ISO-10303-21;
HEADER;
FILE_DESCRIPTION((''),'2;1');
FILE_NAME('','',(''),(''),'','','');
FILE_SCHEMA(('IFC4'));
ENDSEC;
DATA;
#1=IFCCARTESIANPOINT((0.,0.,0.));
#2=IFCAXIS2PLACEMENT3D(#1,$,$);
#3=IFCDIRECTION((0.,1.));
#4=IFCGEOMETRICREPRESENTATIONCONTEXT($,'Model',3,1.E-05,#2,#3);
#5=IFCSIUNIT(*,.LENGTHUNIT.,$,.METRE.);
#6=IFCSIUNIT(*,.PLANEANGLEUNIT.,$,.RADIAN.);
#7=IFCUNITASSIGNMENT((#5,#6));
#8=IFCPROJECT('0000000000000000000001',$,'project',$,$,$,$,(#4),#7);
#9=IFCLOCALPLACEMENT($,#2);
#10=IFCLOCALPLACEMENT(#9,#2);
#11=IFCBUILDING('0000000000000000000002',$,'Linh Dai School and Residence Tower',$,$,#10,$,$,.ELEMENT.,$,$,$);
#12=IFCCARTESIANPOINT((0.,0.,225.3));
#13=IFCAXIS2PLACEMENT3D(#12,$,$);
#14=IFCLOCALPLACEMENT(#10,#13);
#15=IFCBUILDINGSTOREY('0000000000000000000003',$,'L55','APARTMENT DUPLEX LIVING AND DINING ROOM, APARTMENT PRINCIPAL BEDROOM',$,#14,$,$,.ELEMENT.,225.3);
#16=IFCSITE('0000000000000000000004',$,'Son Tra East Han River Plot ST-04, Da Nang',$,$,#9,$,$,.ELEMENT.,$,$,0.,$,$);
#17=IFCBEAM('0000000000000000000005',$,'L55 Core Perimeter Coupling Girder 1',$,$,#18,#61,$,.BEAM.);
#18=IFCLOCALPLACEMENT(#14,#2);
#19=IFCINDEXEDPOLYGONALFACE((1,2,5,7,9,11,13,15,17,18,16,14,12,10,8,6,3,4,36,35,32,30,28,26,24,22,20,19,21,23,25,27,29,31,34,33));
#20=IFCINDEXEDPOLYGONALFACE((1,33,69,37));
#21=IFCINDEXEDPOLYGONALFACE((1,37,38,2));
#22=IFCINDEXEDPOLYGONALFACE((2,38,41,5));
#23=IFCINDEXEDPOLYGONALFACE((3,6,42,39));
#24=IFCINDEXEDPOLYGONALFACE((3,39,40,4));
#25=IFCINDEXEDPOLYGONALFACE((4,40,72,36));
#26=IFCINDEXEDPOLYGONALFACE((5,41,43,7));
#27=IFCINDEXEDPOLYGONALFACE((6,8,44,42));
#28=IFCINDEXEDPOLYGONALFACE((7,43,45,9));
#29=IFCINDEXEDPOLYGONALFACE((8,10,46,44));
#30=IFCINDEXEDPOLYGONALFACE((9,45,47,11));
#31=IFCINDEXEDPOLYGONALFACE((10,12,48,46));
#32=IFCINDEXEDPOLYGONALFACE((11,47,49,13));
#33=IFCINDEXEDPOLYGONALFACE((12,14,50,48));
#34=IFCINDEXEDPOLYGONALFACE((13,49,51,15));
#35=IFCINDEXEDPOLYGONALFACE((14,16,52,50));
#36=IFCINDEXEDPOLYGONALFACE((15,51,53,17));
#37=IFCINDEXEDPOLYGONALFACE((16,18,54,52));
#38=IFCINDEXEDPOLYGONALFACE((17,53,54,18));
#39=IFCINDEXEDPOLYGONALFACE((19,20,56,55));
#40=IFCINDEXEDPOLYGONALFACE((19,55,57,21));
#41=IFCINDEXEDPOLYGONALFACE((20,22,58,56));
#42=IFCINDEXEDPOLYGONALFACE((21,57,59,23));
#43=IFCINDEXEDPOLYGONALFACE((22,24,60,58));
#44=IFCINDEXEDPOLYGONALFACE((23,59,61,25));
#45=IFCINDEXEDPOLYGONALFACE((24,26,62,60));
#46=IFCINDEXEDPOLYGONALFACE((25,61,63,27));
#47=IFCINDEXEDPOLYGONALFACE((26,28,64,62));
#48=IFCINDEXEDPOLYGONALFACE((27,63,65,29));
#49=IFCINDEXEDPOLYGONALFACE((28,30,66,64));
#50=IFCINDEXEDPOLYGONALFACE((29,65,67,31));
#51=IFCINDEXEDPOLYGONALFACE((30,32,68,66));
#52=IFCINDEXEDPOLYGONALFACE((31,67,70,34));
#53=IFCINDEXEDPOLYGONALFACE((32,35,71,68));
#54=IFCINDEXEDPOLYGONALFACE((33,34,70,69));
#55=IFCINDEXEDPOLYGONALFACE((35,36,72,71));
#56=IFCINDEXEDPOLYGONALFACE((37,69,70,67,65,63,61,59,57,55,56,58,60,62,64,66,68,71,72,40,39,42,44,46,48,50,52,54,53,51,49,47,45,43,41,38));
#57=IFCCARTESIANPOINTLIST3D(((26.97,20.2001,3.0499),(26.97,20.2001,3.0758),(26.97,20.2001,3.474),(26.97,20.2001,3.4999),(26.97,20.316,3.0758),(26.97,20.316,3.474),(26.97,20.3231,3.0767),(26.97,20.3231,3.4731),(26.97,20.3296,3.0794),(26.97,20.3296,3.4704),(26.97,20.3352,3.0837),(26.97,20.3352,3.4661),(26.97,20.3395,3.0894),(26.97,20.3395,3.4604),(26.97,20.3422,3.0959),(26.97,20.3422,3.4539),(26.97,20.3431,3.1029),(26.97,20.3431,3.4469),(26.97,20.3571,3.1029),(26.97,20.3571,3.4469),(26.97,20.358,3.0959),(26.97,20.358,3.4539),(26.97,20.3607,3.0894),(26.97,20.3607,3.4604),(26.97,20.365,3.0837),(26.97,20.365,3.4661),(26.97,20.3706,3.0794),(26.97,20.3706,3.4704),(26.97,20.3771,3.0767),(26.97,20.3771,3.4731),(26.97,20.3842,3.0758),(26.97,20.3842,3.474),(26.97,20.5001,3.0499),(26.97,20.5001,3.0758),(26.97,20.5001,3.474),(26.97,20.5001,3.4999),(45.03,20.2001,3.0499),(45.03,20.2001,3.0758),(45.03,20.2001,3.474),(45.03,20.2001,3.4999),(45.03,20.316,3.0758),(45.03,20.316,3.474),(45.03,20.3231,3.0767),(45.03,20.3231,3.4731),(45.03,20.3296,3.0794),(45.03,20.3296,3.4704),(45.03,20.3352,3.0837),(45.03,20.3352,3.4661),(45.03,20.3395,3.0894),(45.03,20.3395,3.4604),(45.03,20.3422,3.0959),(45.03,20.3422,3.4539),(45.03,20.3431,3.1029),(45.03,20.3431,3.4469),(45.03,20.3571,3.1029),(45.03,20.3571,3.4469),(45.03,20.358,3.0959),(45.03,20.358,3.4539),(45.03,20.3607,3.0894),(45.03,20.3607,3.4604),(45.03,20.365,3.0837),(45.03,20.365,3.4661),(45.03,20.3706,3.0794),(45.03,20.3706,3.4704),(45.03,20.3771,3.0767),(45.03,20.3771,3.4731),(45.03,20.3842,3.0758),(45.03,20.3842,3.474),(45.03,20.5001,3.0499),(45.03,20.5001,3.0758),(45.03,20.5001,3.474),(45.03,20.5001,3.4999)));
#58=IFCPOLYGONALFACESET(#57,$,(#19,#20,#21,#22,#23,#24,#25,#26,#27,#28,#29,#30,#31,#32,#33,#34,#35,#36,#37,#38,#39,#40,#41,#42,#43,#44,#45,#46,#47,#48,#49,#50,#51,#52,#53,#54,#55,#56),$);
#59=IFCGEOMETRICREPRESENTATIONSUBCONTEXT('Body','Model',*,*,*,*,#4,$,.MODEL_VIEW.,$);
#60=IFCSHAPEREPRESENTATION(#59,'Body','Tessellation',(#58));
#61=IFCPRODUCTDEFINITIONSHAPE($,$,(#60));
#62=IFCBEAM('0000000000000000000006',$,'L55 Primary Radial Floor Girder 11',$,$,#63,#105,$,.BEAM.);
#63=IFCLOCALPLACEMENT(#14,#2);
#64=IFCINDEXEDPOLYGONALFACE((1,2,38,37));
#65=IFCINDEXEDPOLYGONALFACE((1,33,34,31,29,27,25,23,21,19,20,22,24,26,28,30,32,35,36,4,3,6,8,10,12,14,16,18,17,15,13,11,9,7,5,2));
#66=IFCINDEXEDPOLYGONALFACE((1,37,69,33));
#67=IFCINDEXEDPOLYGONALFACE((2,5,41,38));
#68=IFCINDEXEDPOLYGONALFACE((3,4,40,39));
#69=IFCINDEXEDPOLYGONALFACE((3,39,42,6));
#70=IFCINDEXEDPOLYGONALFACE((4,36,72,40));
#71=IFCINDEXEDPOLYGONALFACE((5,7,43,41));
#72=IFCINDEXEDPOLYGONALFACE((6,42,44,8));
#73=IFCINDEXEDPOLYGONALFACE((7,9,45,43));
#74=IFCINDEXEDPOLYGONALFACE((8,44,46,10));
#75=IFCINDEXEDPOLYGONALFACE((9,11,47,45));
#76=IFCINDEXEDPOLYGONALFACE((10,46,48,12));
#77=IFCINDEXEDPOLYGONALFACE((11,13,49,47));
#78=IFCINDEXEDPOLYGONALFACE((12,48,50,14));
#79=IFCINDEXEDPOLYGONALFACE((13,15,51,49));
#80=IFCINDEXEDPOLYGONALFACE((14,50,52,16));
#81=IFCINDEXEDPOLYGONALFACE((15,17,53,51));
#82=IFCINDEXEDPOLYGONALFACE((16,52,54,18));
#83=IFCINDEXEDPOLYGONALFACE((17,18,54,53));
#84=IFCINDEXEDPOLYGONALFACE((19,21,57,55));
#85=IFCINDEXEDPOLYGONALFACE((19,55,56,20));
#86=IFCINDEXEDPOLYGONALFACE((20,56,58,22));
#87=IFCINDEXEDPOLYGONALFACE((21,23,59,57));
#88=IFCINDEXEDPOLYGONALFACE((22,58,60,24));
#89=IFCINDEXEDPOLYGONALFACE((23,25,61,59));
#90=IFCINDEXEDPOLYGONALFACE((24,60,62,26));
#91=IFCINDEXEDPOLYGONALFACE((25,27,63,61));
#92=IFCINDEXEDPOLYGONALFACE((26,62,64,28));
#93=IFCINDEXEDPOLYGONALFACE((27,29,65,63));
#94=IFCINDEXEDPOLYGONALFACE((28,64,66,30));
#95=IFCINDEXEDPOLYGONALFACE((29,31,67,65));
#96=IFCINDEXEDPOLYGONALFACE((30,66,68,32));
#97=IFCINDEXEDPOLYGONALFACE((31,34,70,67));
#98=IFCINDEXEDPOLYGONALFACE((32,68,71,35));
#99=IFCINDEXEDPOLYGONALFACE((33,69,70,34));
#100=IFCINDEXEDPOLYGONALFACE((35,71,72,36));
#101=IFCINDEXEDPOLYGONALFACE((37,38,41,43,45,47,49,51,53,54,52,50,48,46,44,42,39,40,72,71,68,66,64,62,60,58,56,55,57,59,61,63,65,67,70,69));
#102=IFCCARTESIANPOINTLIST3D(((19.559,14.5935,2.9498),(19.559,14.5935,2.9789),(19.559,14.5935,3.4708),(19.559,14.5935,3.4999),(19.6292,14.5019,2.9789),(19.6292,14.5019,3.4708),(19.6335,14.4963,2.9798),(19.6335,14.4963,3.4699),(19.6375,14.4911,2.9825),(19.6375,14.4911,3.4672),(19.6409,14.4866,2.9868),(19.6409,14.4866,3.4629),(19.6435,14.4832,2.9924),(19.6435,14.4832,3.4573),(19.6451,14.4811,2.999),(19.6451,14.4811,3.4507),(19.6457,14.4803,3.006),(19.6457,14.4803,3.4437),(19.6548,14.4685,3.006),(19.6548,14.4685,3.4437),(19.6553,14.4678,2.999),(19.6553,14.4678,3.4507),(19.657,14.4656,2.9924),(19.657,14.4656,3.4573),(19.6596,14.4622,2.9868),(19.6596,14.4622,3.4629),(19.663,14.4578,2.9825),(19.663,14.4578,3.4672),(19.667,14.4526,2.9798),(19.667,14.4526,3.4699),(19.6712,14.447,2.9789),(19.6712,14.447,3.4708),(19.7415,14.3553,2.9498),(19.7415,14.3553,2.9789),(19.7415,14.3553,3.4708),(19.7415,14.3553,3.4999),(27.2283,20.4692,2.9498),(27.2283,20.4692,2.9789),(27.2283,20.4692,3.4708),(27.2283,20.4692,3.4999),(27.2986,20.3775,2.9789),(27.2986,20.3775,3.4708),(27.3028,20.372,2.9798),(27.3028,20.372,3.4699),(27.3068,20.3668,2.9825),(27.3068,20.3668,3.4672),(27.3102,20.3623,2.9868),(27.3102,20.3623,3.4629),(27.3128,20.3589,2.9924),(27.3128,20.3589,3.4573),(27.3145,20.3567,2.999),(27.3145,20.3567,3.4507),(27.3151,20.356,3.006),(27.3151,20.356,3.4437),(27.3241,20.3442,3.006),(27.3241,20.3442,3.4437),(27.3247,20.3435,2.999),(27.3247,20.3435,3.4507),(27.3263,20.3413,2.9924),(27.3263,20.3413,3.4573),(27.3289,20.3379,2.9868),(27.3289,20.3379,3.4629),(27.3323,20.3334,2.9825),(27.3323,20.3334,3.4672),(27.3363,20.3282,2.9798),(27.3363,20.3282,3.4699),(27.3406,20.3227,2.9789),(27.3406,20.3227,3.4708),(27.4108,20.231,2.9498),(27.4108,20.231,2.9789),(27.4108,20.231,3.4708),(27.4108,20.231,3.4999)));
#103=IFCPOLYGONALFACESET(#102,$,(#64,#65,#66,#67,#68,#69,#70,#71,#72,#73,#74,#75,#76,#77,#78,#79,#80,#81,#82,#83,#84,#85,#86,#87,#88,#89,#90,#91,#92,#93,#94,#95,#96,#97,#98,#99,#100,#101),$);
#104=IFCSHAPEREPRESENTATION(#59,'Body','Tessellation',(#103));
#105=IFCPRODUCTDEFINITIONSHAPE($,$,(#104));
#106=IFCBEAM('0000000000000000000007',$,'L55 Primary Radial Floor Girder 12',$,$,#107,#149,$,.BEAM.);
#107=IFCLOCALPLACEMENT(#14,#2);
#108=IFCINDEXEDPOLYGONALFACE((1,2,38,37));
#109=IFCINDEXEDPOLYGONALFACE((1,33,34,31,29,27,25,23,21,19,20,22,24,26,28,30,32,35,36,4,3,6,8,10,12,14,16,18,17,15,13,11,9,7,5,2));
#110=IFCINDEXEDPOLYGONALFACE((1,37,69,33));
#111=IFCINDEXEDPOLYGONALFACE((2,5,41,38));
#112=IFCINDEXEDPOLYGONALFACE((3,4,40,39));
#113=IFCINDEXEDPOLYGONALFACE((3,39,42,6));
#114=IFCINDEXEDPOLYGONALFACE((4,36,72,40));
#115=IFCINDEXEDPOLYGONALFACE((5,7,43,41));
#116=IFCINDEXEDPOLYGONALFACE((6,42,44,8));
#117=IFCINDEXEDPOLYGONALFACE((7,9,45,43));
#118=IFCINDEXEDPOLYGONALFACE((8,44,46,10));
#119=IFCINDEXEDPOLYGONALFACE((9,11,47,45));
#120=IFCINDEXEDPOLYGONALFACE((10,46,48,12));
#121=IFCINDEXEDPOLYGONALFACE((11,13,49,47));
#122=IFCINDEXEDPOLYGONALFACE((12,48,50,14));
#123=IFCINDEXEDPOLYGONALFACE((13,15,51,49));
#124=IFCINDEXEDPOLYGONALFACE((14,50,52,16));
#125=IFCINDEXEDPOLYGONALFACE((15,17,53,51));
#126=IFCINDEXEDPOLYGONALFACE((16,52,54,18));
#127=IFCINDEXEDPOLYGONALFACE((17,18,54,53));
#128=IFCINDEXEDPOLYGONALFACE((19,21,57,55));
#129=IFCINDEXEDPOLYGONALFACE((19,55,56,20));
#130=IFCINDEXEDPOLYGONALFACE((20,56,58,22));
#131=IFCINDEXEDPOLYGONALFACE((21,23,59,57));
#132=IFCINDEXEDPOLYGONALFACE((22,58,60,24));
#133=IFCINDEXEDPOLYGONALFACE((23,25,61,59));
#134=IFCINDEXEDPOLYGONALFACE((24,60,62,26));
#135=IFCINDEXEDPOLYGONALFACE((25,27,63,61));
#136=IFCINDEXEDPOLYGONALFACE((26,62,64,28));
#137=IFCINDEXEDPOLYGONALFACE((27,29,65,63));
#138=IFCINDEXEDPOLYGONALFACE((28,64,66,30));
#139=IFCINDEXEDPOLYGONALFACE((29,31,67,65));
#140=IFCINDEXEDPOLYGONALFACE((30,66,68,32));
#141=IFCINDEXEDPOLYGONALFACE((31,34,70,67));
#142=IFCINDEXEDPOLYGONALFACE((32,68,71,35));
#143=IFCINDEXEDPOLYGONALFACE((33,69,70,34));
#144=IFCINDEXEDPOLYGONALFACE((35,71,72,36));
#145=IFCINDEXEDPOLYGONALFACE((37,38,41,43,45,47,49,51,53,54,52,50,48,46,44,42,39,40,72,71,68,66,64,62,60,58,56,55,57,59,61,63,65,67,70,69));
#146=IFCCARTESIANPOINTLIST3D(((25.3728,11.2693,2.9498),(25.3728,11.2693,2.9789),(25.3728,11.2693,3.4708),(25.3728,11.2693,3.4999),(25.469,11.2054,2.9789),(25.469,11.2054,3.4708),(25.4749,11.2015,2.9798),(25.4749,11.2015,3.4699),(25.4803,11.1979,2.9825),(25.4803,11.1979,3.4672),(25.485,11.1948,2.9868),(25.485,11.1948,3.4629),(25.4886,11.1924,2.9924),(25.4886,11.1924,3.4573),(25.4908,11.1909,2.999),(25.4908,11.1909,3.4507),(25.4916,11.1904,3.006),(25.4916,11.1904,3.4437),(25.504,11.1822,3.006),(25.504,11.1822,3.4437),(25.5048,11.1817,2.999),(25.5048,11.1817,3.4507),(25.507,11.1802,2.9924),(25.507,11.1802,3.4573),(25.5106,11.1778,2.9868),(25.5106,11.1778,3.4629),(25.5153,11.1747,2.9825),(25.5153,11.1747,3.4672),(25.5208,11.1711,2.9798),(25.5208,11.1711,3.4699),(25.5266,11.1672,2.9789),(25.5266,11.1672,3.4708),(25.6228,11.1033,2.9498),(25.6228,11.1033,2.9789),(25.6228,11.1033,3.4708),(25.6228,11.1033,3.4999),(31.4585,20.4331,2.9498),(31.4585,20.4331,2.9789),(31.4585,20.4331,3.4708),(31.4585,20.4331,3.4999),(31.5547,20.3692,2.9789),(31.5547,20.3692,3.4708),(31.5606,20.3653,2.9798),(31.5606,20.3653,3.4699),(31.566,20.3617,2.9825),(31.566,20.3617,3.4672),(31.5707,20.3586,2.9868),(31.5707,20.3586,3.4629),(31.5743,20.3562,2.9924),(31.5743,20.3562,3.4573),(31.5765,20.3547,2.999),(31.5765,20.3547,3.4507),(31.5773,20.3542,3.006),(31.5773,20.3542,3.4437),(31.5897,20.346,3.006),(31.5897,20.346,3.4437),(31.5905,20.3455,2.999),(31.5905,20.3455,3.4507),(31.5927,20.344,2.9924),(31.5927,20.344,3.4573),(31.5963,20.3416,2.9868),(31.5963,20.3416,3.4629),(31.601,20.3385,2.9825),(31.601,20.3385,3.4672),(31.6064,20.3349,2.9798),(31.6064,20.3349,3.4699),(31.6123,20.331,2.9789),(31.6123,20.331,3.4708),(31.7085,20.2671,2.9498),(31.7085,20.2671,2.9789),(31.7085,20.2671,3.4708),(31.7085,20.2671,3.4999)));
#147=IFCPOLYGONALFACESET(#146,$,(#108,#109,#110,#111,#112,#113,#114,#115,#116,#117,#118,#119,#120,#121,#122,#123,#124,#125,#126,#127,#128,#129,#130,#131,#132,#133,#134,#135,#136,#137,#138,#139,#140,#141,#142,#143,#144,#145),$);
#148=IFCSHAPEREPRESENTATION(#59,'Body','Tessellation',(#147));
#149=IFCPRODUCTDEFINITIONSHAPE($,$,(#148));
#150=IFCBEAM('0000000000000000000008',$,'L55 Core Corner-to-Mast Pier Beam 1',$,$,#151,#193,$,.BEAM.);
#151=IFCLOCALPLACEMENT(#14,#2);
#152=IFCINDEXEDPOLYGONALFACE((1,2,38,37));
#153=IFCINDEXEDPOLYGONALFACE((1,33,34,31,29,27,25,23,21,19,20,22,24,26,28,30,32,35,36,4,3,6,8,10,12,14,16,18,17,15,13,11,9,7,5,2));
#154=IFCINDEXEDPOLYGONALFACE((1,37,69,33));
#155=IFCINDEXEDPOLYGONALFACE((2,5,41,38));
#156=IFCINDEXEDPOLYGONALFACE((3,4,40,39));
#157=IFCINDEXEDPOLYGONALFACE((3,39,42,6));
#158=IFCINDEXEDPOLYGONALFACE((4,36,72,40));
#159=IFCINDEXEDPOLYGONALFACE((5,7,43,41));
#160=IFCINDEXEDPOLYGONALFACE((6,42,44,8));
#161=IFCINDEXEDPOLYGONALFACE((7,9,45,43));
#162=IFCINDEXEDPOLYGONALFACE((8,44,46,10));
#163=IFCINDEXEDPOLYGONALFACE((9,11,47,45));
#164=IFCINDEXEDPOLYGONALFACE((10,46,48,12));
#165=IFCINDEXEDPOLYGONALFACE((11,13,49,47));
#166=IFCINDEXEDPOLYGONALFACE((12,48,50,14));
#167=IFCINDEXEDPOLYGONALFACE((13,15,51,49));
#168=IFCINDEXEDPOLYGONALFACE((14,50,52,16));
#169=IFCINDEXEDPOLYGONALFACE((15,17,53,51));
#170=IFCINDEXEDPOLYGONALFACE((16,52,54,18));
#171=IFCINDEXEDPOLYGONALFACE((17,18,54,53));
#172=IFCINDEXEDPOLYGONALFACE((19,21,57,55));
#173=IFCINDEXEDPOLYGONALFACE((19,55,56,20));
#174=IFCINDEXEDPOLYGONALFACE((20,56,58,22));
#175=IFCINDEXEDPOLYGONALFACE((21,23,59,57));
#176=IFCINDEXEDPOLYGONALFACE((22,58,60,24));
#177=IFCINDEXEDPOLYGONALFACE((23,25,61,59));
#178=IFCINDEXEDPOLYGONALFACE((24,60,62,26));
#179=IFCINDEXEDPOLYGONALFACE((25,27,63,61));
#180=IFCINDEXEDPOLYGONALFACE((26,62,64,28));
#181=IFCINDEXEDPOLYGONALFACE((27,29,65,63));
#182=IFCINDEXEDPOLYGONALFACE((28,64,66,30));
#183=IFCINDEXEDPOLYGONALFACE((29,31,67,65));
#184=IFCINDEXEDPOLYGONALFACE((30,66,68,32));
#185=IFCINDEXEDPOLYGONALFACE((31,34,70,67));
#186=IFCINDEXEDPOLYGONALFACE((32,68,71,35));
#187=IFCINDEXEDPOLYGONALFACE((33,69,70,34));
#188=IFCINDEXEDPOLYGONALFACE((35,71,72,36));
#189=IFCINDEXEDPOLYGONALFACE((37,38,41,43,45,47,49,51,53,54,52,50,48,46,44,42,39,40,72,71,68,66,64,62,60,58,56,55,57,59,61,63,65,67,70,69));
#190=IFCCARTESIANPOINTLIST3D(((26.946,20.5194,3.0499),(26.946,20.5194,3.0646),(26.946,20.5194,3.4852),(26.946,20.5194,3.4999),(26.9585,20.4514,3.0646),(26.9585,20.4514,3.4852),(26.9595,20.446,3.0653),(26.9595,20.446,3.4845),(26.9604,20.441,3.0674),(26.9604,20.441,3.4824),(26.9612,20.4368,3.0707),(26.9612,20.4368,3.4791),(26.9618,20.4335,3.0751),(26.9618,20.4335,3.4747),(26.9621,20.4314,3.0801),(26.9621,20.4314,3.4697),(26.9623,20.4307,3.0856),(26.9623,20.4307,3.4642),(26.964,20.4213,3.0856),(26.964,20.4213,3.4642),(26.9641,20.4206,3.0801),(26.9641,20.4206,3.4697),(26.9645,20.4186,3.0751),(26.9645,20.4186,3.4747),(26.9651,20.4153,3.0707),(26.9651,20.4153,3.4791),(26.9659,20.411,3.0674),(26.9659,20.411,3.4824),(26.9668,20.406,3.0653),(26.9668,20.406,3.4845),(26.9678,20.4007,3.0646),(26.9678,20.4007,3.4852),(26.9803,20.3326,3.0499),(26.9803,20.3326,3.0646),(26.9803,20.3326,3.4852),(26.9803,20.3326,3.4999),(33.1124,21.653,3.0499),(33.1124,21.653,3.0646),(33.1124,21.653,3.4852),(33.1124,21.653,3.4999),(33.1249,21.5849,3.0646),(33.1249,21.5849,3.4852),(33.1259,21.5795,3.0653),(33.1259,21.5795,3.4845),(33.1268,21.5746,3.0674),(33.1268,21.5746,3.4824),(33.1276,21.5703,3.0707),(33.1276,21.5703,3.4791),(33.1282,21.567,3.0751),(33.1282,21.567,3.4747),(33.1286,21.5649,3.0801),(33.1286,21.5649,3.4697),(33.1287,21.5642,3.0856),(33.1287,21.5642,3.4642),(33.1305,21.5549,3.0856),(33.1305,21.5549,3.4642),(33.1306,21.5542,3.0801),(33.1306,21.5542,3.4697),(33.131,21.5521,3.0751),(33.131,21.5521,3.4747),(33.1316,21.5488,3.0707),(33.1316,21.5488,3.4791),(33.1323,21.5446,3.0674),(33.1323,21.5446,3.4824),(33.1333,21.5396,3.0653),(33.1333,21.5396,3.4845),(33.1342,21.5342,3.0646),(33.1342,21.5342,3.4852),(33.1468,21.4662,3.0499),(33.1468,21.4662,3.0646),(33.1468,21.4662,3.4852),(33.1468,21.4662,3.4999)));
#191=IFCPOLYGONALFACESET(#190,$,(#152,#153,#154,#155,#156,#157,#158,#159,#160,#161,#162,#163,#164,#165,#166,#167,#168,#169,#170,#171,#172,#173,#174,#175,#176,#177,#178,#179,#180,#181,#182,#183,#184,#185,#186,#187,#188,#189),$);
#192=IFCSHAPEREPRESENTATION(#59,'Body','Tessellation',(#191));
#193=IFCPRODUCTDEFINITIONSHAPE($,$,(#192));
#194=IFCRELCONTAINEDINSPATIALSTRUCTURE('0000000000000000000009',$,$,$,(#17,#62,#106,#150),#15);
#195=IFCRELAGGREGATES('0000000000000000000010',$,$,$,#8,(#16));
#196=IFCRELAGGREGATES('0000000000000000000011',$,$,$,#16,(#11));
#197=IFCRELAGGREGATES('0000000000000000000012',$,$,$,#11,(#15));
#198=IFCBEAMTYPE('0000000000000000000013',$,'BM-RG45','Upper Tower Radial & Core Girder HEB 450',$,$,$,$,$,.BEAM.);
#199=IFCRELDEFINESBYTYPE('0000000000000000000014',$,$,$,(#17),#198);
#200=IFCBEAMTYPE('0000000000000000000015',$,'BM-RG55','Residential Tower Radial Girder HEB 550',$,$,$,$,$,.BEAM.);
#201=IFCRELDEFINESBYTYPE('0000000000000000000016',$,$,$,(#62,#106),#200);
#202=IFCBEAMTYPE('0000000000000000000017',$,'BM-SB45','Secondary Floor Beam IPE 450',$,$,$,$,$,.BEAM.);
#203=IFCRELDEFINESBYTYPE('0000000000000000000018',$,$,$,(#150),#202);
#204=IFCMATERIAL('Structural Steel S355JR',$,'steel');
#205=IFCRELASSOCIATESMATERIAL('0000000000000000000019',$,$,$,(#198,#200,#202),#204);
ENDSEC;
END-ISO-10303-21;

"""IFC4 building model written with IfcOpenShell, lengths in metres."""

from ifc_helpers import new_model, si_unit, direction, frame, origin, origin_2d, place, context, subcontext, project, spatial, i_section, extrude, material, material_profile, profile_set, type_object, element, save


model = new_model("IFC4")

# Units and contexts
model_context = context("Model", 3, precision=1e-05, world=origin(), true_north=direction((0.0, 1.0)))
body_context = subcontext(model_context, "Body", "Model", "MODEL_VIEW")
ifc_project = project(units=[si_unit("LENGTHUNIT", "METRE"), si_unit("PLANEANGLEUNIT", "RADIAN")], contexts=[model_context])

# Site, building, storey
site_placement = place(None, origin())
site = spatial("IfcSite", under=ifc_project, at=site_placement, Name="Son Tra East Han River Plot ST-04, Da Nang", CompositionType="ELEMENT", RefElevation=0.0)
building_placement = place(site_placement, origin())
building = spatial("IfcBuilding", under=site, at=building_placement, Name="Linh Dai School and Residence Tower", CompositionType="ELEMENT")
storey_placement = place(building_placement, frame((0.0, 0.0, 225.3)))
storey = spatial("IfcBuildingStorey", under=building, at=storey_placement, Name="L55", Description="APARTMENT DUPLEX LIVING AND DINING ROOM, APARTMENT PRINCIPAL BEDROOM", CompositionType="ELEMENT", Elevation=225.3)

# Shared definitions
ifc_material_1 = material(Name="Structural Steel S355JR", Category="steel")

# Beams
ifc_material_profile_1 = material_profile(ifc_material_1, i_section(OverallWidth=0.3, OverallDepth=0.45, WebThickness=0.0139, FlangeThickness=0.0259, FilletRadius=0.0271, at=origin_2d()), Name="HEB 450")
ifc_profile_set_1 = profile_set([ifc_material_profile_1], Name="Structural Steel S355JR")
beam_type_1 = type_object("IfcBeamType", Name="BM-RG45", Description="Upper Tower Radial & Core Girder HEB 450", PredefinedType="BEAM", material=ifc_profile_set_1)
beam_1_placement = place(storey_placement, frame((26.97, 20.3501, 3.2749), z_axis=(1.0, 0.0, 0.0), x_axis=(0.0, 1.0, 0.0)))
element("IfcBeam", 1, at=beam_1_placement, inside=storey, type_object=beam_type_1, Name="L55 Core Perimeter Coupling Girder 1", PredefinedType="BEAM", context=body_context, shape_type="SweptSolid", body=[
    extrude(i_section(OverallWidth=0.3, OverallDepth=0.45, WebThickness=0.0139, FlangeThickness=0.0259, FilletRadius=0.0271, at=origin_2d()), origin(), (0.0, 0.0, 1.0), 18.0601),
])
ifc_material_profile_2 = material_profile(ifc_material_1, i_section(OverallWidth=0.3, OverallDepth=0.55, WebThickness=0.0149, FlangeThickness=0.0291, FilletRadius=0.0271, at=origin_2d()), Name="HEB 550")
ifc_profile_set_2 = profile_set([ifc_material_profile_2], Name="Structural Steel S355JR")
beam_type_2 = type_object("IfcBeamType", Name="BM-RG55", Description="Residential Tower Radial Girder HEB 550", PredefinedType="BEAM", material=ifc_profile_set_2)
beam_2_placement = place(storey_placement, frame((27.3196, 20.3501, 3.2249), z_axis=(-0.793815, -0.60816, 0.0), x_axis=(0.60816, -0.793815, 0.0)))
element("IfcBeam", 2, at=beam_2_placement, inside=storey, type_object=beam_type_2, Name="L55 Primary Radial Floor Girder 11", PredefinedType="BEAM", context=body_context, shape_type="SweptSolid", body=[
    extrude(i_section(OverallWidth=0.3, OverallDepth=0.55, WebThickness=0.0149, FlangeThickness=0.0291, FilletRadius=0.0271, at=origin_2d()), origin(), (0.0, 0.0, 1.0), 9.6614),
])
beam_3_placement = place(storey_placement, frame((31.5835, 20.3501, 3.2249), z_axis=(-0.553219, -0.833036, 0.0), x_axis=(0.833036, -0.553219, 0.0)))
element("IfcBeam", 3, at=beam_3_placement, inside=storey, type_object=beam_type_2, Name="L55 Primary Radial Floor Girder 12", PredefinedType="BEAM", context=body_context, shape_type="SweptSolid", body=[
    extrude(i_section(OverallWidth=0.3, OverallDepth=0.55, WebThickness=0.0149, FlangeThickness=0.0291, FilletRadius=0.0271, at=origin_2d()), origin(), (0.0, 0.0, 1.0), 11.0005),
])
ifc_material_profile_3 = material_profile(ifc_material_1, i_section(OverallWidth=0.1899, OverallDepth=0.45, WebThickness=0.0095, FlangeThickness=0.0146, FilletRadius=0.021, at=origin_2d()), Name="IPE 450")
ifc_profile_set_3 = profile_set([ifc_material_profile_3], Name="Structural Steel S355JR")
beam_type_3 = type_object("IfcBeamType", Name="BM-SB45", Description="Secondary Floor Beam IPE 450", PredefinedType="BEAM", material=ifc_profile_set_3)
beam_4_placement = place(storey_placement, frame((26.9631, 20.426, 3.2749), z_axis=(0.983521, 0.180794, 0.0), x_axis=(-0.180794, 0.983521, 0.0)))
element("IfcBeam", 4, at=beam_4_placement, inside=storey, type_object=beam_type_3, Name="L55 Core Corner-to-Mast Pier Beam 1", PredefinedType="BEAM", context=body_context, shape_type="SweptSolid", body=[
    extrude(i_section(OverallWidth=0.1899, OverallDepth=0.45, WebThickness=0.0095, FlangeThickness=0.0146, FilletRadius=0.021, at=origin_2d()), origin(), (0.0, 0.0, 1.0), 6.2698),
])

save(model, "model.ifc")
